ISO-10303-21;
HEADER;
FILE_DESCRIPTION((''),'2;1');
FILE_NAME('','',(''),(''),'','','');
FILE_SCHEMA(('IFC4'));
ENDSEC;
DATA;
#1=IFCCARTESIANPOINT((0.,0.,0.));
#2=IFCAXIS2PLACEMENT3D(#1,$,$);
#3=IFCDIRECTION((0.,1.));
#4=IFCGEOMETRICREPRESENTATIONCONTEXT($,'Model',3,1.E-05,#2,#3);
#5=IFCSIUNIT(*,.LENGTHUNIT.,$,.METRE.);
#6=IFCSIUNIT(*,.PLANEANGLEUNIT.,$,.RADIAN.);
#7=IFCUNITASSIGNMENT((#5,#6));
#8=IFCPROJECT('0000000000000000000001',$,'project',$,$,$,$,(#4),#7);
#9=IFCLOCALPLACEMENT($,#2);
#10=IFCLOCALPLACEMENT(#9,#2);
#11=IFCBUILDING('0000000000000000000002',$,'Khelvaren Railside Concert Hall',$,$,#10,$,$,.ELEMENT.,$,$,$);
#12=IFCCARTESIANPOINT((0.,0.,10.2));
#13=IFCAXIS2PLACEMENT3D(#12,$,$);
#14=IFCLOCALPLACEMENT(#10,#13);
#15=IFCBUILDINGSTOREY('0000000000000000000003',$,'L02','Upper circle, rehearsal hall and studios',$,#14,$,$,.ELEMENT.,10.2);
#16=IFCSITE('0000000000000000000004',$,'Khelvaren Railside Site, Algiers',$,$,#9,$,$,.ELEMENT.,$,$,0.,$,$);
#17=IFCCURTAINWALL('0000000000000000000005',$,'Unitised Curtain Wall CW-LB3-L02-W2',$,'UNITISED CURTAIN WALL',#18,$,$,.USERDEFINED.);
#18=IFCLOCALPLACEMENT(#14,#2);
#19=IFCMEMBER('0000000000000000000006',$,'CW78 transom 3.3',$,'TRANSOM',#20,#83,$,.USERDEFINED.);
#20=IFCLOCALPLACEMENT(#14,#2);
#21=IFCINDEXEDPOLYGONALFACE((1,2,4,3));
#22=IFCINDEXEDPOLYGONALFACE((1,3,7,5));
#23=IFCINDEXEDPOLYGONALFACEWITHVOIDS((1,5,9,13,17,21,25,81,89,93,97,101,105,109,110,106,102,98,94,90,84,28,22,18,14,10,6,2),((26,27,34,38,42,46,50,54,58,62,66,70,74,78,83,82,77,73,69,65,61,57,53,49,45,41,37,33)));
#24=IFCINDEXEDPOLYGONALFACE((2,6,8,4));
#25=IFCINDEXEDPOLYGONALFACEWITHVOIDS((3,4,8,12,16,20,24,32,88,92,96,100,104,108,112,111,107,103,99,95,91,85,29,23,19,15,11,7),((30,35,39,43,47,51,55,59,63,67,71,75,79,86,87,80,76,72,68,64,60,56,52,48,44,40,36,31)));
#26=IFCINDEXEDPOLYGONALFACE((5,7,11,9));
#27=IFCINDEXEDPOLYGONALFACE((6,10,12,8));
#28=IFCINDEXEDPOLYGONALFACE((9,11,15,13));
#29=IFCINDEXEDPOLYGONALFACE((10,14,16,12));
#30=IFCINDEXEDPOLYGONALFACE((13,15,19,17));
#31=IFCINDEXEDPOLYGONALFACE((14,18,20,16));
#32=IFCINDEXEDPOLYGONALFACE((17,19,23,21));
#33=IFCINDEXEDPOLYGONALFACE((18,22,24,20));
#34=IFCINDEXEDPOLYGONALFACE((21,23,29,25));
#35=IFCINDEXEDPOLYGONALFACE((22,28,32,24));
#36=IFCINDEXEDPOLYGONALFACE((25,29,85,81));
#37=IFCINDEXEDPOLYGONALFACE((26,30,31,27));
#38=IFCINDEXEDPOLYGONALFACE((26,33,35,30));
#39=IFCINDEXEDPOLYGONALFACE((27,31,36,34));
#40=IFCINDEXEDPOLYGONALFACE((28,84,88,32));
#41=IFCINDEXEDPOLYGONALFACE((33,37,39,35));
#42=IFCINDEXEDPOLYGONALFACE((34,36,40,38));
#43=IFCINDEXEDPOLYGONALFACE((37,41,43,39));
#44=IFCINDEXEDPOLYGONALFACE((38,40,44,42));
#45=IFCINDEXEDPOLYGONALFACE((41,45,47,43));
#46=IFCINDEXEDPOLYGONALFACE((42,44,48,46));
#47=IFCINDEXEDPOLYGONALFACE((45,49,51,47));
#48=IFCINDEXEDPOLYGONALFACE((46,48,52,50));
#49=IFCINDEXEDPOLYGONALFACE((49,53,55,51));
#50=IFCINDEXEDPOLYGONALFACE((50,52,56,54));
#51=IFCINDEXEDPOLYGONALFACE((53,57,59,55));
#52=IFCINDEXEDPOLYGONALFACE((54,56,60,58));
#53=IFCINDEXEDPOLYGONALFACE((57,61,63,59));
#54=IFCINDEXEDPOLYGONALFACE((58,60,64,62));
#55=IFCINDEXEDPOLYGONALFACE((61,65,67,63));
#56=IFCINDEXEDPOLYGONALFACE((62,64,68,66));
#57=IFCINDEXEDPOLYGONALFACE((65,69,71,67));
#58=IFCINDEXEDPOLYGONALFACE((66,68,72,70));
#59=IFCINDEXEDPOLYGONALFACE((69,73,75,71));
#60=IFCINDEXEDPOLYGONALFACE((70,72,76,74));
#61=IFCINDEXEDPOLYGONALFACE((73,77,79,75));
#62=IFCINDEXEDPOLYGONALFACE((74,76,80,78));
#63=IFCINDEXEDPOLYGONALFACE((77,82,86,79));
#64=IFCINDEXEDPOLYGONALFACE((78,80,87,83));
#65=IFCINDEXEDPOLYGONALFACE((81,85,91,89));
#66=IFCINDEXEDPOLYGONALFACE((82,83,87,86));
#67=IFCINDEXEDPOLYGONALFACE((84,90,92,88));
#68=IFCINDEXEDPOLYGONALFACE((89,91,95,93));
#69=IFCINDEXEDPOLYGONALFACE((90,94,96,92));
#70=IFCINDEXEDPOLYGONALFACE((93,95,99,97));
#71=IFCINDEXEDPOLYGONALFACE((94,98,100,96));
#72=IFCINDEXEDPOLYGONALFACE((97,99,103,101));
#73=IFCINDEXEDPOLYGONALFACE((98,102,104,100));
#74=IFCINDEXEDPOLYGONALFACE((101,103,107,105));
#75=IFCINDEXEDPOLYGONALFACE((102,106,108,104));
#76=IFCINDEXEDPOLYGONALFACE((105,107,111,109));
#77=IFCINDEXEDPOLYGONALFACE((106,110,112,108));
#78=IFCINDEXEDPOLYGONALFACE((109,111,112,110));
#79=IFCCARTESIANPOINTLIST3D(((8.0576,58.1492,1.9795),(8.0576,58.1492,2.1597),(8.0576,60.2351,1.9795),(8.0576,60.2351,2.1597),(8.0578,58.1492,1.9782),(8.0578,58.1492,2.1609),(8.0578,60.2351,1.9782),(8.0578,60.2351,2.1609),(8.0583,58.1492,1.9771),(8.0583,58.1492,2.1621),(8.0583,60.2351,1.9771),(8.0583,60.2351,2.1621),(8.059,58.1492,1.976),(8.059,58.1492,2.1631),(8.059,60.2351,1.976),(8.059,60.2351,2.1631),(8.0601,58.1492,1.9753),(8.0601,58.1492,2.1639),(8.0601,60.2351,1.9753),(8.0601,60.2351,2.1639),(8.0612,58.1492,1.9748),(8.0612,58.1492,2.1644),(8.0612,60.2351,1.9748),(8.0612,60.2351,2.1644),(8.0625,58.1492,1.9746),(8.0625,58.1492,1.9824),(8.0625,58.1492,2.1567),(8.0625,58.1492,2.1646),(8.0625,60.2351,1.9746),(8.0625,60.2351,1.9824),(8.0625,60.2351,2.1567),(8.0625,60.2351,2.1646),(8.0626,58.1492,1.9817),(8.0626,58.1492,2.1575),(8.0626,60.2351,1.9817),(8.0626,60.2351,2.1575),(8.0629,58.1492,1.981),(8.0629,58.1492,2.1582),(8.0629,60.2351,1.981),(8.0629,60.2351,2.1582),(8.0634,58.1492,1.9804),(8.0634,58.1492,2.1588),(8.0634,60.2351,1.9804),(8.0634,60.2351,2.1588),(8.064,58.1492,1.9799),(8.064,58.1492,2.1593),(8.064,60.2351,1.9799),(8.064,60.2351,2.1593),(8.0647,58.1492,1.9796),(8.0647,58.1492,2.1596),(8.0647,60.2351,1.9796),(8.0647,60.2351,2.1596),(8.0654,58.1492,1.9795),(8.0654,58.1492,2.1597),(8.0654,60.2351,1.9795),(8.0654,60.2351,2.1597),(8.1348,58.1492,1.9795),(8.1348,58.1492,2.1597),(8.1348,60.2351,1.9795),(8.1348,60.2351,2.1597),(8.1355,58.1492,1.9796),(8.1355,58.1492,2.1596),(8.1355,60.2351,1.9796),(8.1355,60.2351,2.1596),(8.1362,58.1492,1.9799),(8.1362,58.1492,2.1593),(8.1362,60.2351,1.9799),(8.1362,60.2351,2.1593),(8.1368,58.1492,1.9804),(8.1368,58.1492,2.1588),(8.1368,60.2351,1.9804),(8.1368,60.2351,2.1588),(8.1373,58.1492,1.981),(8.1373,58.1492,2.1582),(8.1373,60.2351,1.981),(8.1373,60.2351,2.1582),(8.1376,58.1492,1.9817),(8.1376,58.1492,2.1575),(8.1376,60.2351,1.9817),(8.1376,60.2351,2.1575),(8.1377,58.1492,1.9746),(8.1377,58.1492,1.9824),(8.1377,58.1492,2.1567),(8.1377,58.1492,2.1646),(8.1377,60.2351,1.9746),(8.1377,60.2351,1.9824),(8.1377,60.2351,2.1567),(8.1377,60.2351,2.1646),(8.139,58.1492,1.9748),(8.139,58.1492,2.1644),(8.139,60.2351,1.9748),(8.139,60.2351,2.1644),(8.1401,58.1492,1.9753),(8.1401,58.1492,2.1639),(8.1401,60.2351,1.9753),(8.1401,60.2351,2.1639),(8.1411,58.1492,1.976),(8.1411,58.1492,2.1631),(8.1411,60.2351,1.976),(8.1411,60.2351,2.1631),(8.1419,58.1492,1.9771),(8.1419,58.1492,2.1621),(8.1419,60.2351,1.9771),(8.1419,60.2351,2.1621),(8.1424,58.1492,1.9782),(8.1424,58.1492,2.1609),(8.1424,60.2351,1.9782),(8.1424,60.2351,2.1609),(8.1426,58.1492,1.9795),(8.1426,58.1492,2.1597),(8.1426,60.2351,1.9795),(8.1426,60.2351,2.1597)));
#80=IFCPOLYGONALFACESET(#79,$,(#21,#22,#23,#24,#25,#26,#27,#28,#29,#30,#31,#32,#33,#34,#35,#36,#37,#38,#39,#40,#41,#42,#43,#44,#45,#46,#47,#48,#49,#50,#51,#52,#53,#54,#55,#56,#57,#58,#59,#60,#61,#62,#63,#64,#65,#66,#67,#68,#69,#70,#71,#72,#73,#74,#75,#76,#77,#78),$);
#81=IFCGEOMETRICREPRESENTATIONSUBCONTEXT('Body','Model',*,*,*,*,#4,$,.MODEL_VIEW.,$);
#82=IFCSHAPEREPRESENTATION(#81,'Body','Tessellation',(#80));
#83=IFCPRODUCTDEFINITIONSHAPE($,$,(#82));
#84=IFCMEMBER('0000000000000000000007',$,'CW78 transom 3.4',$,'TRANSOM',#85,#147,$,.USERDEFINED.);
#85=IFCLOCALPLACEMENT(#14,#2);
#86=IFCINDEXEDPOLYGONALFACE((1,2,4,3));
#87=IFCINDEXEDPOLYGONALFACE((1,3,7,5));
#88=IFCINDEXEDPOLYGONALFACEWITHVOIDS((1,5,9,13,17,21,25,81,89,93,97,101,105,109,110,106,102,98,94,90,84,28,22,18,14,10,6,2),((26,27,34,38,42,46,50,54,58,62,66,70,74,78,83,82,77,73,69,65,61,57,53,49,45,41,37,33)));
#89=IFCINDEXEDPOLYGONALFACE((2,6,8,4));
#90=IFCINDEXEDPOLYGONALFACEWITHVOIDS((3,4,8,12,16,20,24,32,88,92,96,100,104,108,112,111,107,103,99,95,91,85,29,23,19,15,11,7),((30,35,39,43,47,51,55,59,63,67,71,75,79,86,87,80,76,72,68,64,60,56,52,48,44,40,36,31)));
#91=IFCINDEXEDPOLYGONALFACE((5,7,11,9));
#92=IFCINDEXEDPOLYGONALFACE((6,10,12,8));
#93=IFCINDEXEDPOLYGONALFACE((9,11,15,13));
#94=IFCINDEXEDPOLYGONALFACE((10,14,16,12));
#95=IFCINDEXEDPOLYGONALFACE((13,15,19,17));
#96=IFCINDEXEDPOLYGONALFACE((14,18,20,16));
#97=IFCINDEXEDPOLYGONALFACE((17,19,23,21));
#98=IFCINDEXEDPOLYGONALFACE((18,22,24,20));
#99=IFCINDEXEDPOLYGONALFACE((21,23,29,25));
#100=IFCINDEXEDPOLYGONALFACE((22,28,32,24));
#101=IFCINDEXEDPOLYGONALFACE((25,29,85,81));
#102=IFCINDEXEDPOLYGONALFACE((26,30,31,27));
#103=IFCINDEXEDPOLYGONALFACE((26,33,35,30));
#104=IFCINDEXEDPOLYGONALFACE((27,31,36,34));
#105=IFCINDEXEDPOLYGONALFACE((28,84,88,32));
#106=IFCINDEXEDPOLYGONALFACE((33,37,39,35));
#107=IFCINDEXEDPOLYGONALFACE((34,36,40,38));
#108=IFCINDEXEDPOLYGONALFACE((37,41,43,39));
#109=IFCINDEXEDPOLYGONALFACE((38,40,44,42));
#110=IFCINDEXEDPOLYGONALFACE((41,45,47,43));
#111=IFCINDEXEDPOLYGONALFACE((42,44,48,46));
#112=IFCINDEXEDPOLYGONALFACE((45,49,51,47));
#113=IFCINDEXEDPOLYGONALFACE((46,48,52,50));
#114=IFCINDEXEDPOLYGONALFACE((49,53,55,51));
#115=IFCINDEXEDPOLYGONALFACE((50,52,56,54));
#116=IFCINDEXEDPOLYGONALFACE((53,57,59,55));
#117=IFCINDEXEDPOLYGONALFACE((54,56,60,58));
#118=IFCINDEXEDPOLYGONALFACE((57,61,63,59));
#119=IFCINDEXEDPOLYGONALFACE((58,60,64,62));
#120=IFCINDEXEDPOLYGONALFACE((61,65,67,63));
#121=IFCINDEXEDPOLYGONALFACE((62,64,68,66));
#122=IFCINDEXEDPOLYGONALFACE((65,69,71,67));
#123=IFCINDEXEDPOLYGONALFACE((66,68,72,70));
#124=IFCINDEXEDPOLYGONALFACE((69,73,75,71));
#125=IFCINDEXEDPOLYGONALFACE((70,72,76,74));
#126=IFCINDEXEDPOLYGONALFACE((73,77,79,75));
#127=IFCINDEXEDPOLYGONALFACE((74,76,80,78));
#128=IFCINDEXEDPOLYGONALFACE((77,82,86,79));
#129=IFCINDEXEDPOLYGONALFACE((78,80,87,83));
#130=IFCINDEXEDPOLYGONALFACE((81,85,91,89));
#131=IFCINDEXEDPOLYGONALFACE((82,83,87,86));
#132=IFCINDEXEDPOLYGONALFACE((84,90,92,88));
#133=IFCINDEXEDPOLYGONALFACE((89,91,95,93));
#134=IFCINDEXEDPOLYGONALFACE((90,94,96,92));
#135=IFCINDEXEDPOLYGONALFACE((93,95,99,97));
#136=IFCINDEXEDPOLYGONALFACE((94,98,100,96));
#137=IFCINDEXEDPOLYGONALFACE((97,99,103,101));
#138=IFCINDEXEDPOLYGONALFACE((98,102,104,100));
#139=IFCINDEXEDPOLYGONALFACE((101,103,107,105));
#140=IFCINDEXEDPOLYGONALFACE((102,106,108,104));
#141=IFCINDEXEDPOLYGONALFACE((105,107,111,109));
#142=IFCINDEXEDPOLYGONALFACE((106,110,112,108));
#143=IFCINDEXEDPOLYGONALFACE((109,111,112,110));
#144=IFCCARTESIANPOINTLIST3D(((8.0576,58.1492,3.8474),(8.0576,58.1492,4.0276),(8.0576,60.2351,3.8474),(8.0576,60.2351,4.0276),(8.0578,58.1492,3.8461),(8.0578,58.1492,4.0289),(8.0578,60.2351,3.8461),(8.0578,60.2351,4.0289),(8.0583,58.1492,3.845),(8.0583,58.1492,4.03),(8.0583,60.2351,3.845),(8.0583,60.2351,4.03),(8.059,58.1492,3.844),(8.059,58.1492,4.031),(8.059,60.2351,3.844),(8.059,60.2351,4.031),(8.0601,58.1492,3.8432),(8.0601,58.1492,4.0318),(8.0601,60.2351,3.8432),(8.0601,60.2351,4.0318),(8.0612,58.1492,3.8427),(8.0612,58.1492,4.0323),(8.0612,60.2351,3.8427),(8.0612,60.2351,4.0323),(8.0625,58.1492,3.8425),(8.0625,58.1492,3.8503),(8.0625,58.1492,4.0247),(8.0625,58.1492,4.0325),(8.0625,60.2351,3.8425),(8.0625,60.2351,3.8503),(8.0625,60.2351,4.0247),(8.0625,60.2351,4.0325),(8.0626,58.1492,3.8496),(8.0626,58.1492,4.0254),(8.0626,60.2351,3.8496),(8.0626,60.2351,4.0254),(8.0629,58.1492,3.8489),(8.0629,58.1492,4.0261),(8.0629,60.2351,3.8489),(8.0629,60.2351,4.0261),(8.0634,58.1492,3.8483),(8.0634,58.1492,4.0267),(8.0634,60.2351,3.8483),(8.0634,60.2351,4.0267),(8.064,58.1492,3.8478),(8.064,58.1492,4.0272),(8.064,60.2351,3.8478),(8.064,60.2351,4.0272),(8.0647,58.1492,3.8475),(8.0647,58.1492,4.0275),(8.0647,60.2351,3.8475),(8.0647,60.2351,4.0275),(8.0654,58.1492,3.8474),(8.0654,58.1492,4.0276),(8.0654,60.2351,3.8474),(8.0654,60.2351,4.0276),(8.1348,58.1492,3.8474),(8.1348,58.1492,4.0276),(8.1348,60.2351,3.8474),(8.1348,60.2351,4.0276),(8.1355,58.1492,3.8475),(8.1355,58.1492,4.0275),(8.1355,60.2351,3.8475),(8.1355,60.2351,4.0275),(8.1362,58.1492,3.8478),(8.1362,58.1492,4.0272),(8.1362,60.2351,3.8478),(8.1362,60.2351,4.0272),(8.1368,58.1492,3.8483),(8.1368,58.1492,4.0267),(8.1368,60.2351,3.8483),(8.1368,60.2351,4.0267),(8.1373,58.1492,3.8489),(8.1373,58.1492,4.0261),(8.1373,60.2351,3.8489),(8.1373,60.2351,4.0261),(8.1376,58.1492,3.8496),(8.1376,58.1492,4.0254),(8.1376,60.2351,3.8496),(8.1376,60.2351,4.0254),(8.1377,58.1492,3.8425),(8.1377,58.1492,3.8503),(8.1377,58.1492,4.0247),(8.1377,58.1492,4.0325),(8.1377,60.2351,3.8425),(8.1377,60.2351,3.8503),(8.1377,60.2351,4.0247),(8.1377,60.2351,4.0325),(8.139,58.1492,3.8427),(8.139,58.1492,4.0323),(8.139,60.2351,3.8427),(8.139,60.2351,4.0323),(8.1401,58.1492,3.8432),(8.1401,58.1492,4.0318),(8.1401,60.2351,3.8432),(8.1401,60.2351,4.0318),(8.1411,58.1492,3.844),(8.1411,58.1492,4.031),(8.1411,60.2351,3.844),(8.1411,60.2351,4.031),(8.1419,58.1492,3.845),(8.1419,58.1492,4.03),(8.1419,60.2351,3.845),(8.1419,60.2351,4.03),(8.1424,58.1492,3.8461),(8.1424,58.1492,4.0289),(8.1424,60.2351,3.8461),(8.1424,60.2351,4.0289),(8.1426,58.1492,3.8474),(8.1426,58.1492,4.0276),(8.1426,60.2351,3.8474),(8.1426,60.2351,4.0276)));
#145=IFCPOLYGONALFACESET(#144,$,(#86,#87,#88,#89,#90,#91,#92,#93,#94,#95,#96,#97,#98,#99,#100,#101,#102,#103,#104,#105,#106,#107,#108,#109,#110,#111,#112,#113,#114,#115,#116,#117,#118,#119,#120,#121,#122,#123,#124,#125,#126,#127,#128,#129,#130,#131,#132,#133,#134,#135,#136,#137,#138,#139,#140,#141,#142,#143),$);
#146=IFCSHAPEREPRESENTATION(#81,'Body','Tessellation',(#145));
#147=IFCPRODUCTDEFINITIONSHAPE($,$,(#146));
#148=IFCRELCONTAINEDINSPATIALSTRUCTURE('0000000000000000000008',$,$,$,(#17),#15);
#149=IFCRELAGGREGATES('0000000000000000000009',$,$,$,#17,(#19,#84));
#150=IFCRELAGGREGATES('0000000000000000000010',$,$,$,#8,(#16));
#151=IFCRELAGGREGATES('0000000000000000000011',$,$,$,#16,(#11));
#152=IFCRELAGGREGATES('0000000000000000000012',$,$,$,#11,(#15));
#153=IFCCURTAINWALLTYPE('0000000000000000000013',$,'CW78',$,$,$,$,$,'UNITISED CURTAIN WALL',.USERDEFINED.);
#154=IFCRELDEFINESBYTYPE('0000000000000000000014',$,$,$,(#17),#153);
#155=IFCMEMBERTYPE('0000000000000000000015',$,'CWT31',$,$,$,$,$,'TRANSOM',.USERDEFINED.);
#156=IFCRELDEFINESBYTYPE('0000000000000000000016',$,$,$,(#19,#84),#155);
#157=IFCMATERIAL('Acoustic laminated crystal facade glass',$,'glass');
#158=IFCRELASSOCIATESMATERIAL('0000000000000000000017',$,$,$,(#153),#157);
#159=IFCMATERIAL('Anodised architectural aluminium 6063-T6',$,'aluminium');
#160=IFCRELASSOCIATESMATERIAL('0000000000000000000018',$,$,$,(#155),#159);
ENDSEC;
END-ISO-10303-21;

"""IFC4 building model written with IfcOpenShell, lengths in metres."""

from ifc_helpers import new_model, si_unit, direction, frame, origin, origin_2d, place, context, subcontext, project, spatial, hollow_rectangle, extrude, material, material_profile, profile_set, type_object, element, aggregate, save


model = new_model("IFC4")

# Units and contexts
model_context = context("Model", 3, precision=1e-05, world=origin(), true_north=direction((0.0, 1.0)))
body_context = subcontext(model_context, "Body", "Model", "MODEL_VIEW")
ifc_project = project(units=[si_unit("LENGTHUNIT", "METRE"), si_unit("PLANEANGLEUNIT", "RADIAN")], contexts=[model_context])

# Site, building, storey
site_placement = place(None, origin())
site = spatial("IfcSite", under=ifc_project, at=site_placement, Name="Khelvaren Railside Site, Algiers", CompositionType="ELEMENT", RefElevation=0.0)
building_placement = place(site_placement, origin())
building = spatial("IfcBuilding", under=site, at=building_placement, Name="Khelvaren Railside Concert Hall", CompositionType="ELEMENT")
storey_placement = place(building_placement, frame((0.0, 0.0, 10.2)))
storey = spatial("IfcBuildingStorey", under=building, at=storey_placement, Name="L02", Description="Upper circle, rehearsal hall and studios", CompositionType="ELEMENT", Elevation=10.2)

# Curtain wall
ifc_material_1 = material(Name="Acoustic laminated crystal facade glass", Category="glass")
curtain_wall_type = type_object("IfcCurtainWallType", Name="CW78", ElementType="UNITISED CURTAIN WALL", PredefinedType="USERDEFINED", material=ifc_material_1)
curtain_wall_1_placement = place(storey_placement, origin())
curtain_wall_1 = element("IfcCurtainWall", 1, at=curtain_wall_1_placement, inside=storey, type_object=curtain_wall_type, Name="Unitised Curtain Wall CW-LB3-L02-W2", ObjectType="UNITISED CURTAIN WALL", PredefinedType="USERDEFINED")
ifc_material_2 = material(Name="Anodised architectural aluminium 6063-T6", Category="aluminium")

# Members
ifc_material_profile_1 = material_profile(ifc_material_2, hollow_rectangle(XDim=0.085, YDim=0.1899, WallThickness=0.0049, InnerFilletRadius=0.0029, OuterFilletRadius=0.0049, at=origin_2d()), Name="CWT 85x190x5")
ifc_profile_set_1 = profile_set([ifc_material_profile_1], Name="Anodised architectural aluminium 6063-T6")
member_type_1 = type_object("IfcMemberType", Name="CWT31", ElementType="TRANSOM", PredefinedType="USERDEFINED", material=ifc_profile_set_1)
member_1_placement = place(storey_placement, frame((8.1001, 58.1492, 2.0696), z_axis=(0.0, 1.0, 0.0), x_axis=(-1.0, 0.0, 0.0)))
member_1 = element("IfcMember", 2, at=member_1_placement, type_object=member_type_1, Name="CW78 transom 3.3", ObjectType="TRANSOM", PredefinedType="USERDEFINED", context=body_context, shape_type="SweptSolid", body=[
    extrude(hollow_rectangle(XDim=0.085, YDim=0.1899, WallThickness=0.0049, InnerFilletRadius=0.0029, OuterFilletRadius=0.0049, at=origin_2d()), origin(), (0.0, 0.0, 1.0), 2.0859),
])
member_2_placement = place(storey_placement, frame((8.1001, 58.1492, 3.9375), z_axis=(0.0, 1.0, 0.0), x_axis=(-1.0, 0.0, 0.0)))
member_2 = element("IfcMember", 3, at=member_2_placement, type_object=member_type_1, Name="CW78 transom 3.4", ObjectType="TRANSOM", PredefinedType="USERDEFINED", context=body_context, shape_type="SweptSolid", body=[
    extrude(hollow_rectangle(XDim=0.085, YDim=0.1899, WallThickness=0.0049, InnerFilletRadius=0.0029, OuterFilletRadius=0.0049, at=origin_2d()), origin(), (0.0, 0.0, 1.0), 2.0859),
])

aggregate(curtain_wall_1, [member_1, member_2])

save(model, "model.ifc")
